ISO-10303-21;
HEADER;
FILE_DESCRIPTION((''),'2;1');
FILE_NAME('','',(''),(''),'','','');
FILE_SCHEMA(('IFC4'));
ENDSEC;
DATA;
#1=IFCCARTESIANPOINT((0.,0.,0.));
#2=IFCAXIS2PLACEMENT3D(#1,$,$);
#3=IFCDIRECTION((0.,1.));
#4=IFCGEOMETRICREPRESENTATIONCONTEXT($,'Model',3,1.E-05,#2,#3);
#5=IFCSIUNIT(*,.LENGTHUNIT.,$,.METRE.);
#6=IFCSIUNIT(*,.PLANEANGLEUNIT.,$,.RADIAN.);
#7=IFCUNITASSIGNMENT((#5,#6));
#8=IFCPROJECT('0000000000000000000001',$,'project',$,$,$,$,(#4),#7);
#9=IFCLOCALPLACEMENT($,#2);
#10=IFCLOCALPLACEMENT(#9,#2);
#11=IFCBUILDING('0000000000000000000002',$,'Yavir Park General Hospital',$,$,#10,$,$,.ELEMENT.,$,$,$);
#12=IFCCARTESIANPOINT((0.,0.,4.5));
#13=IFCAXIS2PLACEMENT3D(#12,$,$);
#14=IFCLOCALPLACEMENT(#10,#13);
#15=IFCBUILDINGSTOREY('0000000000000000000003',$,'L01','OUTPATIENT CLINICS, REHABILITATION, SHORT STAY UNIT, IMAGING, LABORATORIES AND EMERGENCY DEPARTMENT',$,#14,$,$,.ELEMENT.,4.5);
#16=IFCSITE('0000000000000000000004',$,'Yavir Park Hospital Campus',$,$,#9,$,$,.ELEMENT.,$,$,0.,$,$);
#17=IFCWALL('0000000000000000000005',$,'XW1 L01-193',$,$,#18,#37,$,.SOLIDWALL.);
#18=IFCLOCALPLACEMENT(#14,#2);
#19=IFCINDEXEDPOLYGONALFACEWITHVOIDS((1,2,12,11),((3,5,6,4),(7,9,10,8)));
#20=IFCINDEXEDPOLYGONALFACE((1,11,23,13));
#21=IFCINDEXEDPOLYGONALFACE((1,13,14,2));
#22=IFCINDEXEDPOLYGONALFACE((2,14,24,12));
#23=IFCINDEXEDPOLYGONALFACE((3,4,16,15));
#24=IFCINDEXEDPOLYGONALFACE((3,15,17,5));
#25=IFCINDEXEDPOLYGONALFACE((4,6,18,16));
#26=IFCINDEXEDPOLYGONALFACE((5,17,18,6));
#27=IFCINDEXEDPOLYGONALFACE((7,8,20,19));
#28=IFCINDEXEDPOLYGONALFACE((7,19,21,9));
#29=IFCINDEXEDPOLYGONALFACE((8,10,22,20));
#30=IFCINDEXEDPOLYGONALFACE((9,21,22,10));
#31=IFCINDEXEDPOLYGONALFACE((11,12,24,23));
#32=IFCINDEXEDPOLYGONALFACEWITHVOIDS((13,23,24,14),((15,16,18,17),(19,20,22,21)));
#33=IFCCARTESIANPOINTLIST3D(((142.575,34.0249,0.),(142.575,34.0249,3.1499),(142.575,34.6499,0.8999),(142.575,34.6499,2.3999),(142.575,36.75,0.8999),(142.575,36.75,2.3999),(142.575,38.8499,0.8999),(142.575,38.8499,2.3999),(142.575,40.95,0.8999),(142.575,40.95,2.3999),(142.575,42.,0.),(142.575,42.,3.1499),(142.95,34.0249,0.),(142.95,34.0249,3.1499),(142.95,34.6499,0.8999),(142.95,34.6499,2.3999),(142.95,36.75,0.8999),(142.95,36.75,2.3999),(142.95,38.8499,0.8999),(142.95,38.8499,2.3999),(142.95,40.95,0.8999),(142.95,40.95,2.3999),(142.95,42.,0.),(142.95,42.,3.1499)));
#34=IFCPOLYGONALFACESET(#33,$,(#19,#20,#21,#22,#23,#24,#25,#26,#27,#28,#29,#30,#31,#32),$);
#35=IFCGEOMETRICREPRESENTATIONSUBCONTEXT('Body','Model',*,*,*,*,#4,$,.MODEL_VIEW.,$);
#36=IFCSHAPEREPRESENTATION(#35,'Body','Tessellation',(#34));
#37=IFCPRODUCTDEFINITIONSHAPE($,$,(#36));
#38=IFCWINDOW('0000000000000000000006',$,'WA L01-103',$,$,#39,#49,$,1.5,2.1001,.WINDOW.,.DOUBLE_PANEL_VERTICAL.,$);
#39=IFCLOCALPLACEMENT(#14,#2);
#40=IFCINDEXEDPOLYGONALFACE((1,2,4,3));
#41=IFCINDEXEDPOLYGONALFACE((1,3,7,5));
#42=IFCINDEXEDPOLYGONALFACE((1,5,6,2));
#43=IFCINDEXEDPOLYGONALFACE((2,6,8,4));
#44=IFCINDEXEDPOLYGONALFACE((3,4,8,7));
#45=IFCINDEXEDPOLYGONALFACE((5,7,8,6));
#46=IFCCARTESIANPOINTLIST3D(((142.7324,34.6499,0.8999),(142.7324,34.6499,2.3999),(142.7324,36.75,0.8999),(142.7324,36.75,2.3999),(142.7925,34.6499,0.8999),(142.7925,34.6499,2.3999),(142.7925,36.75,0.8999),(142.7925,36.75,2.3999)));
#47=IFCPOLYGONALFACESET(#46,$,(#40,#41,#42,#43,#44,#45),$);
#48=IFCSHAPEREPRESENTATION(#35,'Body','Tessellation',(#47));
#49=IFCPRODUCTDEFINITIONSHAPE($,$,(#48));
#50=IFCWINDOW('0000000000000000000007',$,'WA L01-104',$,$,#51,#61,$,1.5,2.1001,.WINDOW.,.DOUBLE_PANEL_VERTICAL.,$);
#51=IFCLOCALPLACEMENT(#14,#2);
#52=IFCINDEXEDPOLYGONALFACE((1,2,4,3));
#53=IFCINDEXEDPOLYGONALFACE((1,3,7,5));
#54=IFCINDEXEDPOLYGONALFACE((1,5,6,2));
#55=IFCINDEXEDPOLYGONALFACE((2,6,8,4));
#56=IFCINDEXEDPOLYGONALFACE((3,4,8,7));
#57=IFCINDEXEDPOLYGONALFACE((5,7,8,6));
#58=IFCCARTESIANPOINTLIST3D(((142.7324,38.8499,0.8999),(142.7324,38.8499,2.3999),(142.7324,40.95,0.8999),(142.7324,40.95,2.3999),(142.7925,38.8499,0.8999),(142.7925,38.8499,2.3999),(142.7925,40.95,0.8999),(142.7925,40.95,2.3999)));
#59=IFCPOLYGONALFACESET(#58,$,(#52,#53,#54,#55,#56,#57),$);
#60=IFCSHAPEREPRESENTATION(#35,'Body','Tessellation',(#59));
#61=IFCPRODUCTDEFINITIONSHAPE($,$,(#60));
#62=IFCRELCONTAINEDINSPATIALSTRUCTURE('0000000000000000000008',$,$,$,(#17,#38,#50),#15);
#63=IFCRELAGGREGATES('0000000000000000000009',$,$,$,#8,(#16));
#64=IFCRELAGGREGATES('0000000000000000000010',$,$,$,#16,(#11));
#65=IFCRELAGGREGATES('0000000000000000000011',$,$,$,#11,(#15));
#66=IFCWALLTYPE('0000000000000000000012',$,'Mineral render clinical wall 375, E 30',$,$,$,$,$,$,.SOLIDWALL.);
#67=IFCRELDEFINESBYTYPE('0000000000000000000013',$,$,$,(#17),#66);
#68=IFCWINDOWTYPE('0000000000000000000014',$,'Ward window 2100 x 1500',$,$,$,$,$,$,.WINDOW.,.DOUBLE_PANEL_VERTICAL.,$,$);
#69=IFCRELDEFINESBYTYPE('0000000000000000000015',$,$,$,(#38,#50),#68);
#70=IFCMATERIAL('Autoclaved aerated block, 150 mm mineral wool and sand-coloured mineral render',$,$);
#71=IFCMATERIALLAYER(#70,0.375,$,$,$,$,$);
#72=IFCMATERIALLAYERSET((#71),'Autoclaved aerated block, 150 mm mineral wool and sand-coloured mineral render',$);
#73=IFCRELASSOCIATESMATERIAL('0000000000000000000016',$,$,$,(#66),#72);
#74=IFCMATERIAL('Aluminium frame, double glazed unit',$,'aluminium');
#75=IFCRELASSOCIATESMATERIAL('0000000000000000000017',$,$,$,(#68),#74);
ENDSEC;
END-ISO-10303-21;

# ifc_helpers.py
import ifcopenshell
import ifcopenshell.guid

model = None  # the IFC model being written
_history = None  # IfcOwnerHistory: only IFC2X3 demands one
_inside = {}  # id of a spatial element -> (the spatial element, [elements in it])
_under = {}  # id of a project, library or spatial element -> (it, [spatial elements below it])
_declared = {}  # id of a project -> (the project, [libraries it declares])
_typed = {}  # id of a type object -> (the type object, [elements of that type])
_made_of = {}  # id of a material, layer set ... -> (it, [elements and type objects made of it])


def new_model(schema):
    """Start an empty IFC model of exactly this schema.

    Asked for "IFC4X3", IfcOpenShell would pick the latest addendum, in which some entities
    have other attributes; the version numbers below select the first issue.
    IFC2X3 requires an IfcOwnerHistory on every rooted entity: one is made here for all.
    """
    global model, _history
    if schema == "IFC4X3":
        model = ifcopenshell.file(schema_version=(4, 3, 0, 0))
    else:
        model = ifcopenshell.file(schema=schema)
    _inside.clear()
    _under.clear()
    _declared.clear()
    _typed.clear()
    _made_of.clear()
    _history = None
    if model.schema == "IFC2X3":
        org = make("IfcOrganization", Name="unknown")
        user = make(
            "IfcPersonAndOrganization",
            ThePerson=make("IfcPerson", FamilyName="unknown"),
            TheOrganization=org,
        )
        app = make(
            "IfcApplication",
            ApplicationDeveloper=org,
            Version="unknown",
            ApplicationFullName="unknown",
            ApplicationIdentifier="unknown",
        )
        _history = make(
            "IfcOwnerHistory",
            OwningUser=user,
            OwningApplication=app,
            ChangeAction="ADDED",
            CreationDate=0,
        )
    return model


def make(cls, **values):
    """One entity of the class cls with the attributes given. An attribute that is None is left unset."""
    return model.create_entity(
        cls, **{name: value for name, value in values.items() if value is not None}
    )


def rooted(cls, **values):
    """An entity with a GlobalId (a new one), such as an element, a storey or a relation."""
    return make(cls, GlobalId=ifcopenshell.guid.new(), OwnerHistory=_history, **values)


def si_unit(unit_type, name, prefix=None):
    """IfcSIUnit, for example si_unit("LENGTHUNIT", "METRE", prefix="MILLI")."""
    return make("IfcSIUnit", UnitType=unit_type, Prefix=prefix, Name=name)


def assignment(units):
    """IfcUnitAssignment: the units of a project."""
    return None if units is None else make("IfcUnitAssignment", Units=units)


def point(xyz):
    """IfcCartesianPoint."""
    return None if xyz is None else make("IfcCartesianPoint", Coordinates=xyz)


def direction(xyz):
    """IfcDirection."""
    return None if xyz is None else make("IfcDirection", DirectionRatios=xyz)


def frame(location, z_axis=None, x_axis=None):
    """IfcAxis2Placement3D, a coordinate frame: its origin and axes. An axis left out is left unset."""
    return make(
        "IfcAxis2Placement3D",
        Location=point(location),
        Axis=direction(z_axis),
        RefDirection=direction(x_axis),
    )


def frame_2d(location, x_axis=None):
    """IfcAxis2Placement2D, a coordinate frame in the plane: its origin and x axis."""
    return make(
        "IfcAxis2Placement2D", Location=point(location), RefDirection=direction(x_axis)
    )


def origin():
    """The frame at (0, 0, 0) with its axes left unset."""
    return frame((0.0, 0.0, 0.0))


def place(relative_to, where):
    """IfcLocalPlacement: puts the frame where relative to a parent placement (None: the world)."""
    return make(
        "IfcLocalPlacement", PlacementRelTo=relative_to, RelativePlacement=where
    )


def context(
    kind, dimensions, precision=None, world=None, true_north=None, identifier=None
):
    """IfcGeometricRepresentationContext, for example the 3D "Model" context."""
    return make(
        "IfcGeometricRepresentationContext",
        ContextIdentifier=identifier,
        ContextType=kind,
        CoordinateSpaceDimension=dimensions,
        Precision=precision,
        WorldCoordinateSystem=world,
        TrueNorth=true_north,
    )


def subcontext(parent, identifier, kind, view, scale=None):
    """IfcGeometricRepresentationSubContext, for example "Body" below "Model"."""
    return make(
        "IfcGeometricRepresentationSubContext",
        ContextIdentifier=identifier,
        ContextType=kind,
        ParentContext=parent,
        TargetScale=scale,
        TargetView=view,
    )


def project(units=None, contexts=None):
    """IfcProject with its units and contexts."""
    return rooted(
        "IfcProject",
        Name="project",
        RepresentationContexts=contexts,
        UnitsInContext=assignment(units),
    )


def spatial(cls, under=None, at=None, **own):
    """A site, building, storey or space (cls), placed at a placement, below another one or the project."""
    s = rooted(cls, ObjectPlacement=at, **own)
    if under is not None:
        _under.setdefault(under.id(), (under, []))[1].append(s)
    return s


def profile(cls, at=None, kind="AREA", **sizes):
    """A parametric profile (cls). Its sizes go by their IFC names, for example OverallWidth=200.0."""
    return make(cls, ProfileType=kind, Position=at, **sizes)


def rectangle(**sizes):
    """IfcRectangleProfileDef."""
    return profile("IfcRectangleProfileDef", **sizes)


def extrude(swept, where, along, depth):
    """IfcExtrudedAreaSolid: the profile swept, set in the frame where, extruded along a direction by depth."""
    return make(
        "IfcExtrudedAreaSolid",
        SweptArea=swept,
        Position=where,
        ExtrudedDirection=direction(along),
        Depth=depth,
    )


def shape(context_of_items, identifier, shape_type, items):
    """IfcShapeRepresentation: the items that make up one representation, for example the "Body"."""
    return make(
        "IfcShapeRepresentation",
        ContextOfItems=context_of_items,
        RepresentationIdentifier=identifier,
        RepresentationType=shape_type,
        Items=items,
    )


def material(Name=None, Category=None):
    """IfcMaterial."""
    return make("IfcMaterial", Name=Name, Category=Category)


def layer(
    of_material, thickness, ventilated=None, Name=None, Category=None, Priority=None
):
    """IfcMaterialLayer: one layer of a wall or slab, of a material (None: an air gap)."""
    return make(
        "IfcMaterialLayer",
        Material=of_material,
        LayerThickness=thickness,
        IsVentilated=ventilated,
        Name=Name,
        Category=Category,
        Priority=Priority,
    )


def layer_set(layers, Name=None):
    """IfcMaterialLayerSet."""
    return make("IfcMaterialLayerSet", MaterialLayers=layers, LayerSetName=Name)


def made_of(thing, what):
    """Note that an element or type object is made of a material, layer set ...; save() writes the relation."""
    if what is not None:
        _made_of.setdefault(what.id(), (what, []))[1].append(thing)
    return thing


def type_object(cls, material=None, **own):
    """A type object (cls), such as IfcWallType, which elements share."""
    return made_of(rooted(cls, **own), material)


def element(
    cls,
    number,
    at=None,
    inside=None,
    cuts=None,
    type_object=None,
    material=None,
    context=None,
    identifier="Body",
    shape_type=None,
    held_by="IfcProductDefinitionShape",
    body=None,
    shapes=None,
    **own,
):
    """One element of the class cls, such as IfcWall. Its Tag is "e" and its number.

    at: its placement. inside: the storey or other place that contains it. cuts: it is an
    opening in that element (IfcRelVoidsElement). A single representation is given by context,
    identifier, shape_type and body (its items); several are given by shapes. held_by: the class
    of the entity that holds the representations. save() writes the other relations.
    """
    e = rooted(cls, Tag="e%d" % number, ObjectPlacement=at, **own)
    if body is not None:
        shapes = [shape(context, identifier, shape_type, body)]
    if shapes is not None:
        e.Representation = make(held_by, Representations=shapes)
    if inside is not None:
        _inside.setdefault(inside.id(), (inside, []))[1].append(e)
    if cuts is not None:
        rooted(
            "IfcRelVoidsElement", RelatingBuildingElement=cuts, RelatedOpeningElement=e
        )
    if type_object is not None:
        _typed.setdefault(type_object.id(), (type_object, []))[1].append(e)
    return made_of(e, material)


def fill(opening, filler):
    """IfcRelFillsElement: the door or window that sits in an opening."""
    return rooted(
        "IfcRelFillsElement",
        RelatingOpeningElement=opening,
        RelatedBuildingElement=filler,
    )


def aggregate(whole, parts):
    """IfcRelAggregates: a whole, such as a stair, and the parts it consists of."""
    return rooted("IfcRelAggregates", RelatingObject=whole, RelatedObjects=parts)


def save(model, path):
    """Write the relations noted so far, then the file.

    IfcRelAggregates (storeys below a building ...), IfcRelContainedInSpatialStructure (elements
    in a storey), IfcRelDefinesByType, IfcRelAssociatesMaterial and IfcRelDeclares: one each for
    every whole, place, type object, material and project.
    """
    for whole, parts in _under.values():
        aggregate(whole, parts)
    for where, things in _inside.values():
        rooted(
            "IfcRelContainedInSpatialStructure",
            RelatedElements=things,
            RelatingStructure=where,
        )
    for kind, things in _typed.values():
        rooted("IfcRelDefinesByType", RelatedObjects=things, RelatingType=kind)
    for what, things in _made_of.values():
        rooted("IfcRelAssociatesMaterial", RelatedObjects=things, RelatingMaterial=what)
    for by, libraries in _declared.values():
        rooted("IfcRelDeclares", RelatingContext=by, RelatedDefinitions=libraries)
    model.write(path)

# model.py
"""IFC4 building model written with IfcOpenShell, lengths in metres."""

from ifc_helpers import new_model, si_unit, direction, frame, frame_2d, origin, place, context, subcontext, project, spatial, rectangle, extrude, material, layer, layer_set, type_object, element, fill, save


model = new_model("IFC4")

# Units and contexts
model_context = context("Model", 3, precision=1e-05, world=origin(), true_north=direction((0.0, 1.0)))
body_context = subcontext(model_context, "Body", "Model", "MODEL_VIEW")
ifc_project = project(units=[si_unit("LENGTHUNIT", "METRE"), si_unit("PLANEANGLEUNIT", "RADIAN")], contexts=[model_context])

# Site, building, storey
site_placement = place(None, origin())
site = spatial("IfcSite", under=ifc_project, at=site_placement, Name="Yavir Park Hospital Campus", CompositionType="ELEMENT", RefElevation=0.0)
building_placement = place(site_placement, origin())
building = spatial("IfcBuilding", under=site, at=building_placement, Name="Yavir Park General Hospital", CompositionType="ELEMENT")
storey_placement = place(building_placement, frame((0.0, 0.0, 4.5)))
storey = spatial("IfcBuildingStorey", under=building, at=storey_placement, Name="L01", Description="OUTPATIENT CLINICS, REHABILITATION, SHORT STAY UNIT, IMAGING, LABORATORIES AND EMERGENCY DEPARTMENT", CompositionType="ELEMENT", Elevation=4.5)

# Shared definitions
ifc_material_1 = material(Name="Autoclaved aerated block, 150 mm mineral wool and sand-coloured mineral render")
ifc_layer_1 = layer(ifc_material_1, 0.375)
ifc_layer_set_1 = layer_set([ifc_layer_1], Name="Autoclaved aerated block, 150 mm mineral wool and sand-coloured mineral render")
wall_type_1 = type_object("IfcWallType", Name="Mineral render clinical wall 375, E 30", PredefinedType="SOLIDWALL", material=ifc_layer_set_1)

# Wall, openings, windows
wall_1_placement = place(storey_placement, frame((142.7625, 34.0249, 0.0), z_axis=(0.0, 0.0, 1.0), x_axis=(0.0, 1.0, 0.0)))
wall_1 = element("IfcWall", 1, at=wall_1_placement, inside=storey, type_object=wall_type_1, Name="XW1 L01-193", PredefinedType="SOLIDWALL", context=body_context, shape_type="SweptSolid", body=[
    extrude(rectangle(XDim=7.9751, YDim=0.375, at=frame_2d((3.9875, 0.0))), origin(), (0.0, 0.0, 1.0), 3.1499),
])
opening_1_placement = place(wall_1_placement, frame((0.625, 0.0, 0.8999)))
opening_1 = element("IfcOpeningElement", 2, at=opening_1_placement, cuts=wall_1, PredefinedType="OPENING", context=body_context, shape_type="SweptSolid", body=[
    extrude(rectangle(XDim=2.1001, YDim=1.5, at=frame_2d((1.05, 0.75))), frame((0.0, 0.1975, 0.0), z_axis=(0.0, -1.0, 0.0), x_axis=(1.0, 0.0, 0.0)), (0.0, 0.0, 1.0), 0.395),
])
opening_2_placement = place(wall_1_placement, frame((4.825, 0.0, 0.8999)))
opening_2 = element("IfcOpeningElement", 3, at=opening_2_placement, cuts=wall_1, PredefinedType="OPENING", context=body_context, shape_type="SweptSolid", body=[
    extrude(rectangle(XDim=2.1001, YDim=1.5, at=frame_2d((1.05, 0.75))), frame((0.0, 0.1975, 0.0), z_axis=(0.0, -1.0, 0.0), x_axis=(1.0, 0.0, 0.0)), (0.0, 0.0, 1.0), 0.395),
])
ifc_material_2 = material(Name="Aluminium frame, double glazed unit", Category="aluminium")
window_type_1 = type_object("IfcWindowType", Name="Ward window 2100 x 1500", PartitioningType="DOUBLE_PANEL_VERTICAL", PredefinedType="WINDOW", material=ifc_material_2)
window_1_placement = place(opening_1_placement, origin())
window_1 = element("IfcWindow", 4, at=window_1_placement, inside=storey, type_object=window_type_1, Name="WA L01-103", OverallHeight=1.5, OverallWidth=2.1001, PartitioningType="DOUBLE_PANEL_VERTICAL", PredefinedType="WINDOW", context=body_context, shape_type="SweptSolid", body=[
    extrude(rectangle(XDim=2.1001, YDim=1.5, at=frame_2d((1.05, 0.75))), frame((0.0, 0.03, 0.0), z_axis=(0.0, -1.0, 0.0), x_axis=(1.0, 0.0, 0.0)), (0.0, 0.0, 1.0), 0.0601),
])
fill(opening_1, window_1)
window_2_placement = place(opening_2_placement, origin())
window_2 = element("IfcWindow", 5, at=window_2_placement, inside=storey, type_object=window_type_1, Name="WA L01-104", OverallHeight=1.5, OverallWidth=2.1001, PartitioningType="DOUBLE_PANEL_VERTICAL", PredefinedType="WINDOW", context=body_context, shape_type="SweptSolid", body=[
    extrude(rectangle(XDim=2.1001, YDim=1.5, at=frame_2d((1.05, 0.75))), frame((0.0, 0.03, 0.0), z_axis=(0.0, -1.0, 0.0), x_axis=(1.0, 0.0, 0.0)), (0.0, 0.0, 1.0), 0.0601),
])
fill(opening_2, window_2)

save(model, "model.ifc")
